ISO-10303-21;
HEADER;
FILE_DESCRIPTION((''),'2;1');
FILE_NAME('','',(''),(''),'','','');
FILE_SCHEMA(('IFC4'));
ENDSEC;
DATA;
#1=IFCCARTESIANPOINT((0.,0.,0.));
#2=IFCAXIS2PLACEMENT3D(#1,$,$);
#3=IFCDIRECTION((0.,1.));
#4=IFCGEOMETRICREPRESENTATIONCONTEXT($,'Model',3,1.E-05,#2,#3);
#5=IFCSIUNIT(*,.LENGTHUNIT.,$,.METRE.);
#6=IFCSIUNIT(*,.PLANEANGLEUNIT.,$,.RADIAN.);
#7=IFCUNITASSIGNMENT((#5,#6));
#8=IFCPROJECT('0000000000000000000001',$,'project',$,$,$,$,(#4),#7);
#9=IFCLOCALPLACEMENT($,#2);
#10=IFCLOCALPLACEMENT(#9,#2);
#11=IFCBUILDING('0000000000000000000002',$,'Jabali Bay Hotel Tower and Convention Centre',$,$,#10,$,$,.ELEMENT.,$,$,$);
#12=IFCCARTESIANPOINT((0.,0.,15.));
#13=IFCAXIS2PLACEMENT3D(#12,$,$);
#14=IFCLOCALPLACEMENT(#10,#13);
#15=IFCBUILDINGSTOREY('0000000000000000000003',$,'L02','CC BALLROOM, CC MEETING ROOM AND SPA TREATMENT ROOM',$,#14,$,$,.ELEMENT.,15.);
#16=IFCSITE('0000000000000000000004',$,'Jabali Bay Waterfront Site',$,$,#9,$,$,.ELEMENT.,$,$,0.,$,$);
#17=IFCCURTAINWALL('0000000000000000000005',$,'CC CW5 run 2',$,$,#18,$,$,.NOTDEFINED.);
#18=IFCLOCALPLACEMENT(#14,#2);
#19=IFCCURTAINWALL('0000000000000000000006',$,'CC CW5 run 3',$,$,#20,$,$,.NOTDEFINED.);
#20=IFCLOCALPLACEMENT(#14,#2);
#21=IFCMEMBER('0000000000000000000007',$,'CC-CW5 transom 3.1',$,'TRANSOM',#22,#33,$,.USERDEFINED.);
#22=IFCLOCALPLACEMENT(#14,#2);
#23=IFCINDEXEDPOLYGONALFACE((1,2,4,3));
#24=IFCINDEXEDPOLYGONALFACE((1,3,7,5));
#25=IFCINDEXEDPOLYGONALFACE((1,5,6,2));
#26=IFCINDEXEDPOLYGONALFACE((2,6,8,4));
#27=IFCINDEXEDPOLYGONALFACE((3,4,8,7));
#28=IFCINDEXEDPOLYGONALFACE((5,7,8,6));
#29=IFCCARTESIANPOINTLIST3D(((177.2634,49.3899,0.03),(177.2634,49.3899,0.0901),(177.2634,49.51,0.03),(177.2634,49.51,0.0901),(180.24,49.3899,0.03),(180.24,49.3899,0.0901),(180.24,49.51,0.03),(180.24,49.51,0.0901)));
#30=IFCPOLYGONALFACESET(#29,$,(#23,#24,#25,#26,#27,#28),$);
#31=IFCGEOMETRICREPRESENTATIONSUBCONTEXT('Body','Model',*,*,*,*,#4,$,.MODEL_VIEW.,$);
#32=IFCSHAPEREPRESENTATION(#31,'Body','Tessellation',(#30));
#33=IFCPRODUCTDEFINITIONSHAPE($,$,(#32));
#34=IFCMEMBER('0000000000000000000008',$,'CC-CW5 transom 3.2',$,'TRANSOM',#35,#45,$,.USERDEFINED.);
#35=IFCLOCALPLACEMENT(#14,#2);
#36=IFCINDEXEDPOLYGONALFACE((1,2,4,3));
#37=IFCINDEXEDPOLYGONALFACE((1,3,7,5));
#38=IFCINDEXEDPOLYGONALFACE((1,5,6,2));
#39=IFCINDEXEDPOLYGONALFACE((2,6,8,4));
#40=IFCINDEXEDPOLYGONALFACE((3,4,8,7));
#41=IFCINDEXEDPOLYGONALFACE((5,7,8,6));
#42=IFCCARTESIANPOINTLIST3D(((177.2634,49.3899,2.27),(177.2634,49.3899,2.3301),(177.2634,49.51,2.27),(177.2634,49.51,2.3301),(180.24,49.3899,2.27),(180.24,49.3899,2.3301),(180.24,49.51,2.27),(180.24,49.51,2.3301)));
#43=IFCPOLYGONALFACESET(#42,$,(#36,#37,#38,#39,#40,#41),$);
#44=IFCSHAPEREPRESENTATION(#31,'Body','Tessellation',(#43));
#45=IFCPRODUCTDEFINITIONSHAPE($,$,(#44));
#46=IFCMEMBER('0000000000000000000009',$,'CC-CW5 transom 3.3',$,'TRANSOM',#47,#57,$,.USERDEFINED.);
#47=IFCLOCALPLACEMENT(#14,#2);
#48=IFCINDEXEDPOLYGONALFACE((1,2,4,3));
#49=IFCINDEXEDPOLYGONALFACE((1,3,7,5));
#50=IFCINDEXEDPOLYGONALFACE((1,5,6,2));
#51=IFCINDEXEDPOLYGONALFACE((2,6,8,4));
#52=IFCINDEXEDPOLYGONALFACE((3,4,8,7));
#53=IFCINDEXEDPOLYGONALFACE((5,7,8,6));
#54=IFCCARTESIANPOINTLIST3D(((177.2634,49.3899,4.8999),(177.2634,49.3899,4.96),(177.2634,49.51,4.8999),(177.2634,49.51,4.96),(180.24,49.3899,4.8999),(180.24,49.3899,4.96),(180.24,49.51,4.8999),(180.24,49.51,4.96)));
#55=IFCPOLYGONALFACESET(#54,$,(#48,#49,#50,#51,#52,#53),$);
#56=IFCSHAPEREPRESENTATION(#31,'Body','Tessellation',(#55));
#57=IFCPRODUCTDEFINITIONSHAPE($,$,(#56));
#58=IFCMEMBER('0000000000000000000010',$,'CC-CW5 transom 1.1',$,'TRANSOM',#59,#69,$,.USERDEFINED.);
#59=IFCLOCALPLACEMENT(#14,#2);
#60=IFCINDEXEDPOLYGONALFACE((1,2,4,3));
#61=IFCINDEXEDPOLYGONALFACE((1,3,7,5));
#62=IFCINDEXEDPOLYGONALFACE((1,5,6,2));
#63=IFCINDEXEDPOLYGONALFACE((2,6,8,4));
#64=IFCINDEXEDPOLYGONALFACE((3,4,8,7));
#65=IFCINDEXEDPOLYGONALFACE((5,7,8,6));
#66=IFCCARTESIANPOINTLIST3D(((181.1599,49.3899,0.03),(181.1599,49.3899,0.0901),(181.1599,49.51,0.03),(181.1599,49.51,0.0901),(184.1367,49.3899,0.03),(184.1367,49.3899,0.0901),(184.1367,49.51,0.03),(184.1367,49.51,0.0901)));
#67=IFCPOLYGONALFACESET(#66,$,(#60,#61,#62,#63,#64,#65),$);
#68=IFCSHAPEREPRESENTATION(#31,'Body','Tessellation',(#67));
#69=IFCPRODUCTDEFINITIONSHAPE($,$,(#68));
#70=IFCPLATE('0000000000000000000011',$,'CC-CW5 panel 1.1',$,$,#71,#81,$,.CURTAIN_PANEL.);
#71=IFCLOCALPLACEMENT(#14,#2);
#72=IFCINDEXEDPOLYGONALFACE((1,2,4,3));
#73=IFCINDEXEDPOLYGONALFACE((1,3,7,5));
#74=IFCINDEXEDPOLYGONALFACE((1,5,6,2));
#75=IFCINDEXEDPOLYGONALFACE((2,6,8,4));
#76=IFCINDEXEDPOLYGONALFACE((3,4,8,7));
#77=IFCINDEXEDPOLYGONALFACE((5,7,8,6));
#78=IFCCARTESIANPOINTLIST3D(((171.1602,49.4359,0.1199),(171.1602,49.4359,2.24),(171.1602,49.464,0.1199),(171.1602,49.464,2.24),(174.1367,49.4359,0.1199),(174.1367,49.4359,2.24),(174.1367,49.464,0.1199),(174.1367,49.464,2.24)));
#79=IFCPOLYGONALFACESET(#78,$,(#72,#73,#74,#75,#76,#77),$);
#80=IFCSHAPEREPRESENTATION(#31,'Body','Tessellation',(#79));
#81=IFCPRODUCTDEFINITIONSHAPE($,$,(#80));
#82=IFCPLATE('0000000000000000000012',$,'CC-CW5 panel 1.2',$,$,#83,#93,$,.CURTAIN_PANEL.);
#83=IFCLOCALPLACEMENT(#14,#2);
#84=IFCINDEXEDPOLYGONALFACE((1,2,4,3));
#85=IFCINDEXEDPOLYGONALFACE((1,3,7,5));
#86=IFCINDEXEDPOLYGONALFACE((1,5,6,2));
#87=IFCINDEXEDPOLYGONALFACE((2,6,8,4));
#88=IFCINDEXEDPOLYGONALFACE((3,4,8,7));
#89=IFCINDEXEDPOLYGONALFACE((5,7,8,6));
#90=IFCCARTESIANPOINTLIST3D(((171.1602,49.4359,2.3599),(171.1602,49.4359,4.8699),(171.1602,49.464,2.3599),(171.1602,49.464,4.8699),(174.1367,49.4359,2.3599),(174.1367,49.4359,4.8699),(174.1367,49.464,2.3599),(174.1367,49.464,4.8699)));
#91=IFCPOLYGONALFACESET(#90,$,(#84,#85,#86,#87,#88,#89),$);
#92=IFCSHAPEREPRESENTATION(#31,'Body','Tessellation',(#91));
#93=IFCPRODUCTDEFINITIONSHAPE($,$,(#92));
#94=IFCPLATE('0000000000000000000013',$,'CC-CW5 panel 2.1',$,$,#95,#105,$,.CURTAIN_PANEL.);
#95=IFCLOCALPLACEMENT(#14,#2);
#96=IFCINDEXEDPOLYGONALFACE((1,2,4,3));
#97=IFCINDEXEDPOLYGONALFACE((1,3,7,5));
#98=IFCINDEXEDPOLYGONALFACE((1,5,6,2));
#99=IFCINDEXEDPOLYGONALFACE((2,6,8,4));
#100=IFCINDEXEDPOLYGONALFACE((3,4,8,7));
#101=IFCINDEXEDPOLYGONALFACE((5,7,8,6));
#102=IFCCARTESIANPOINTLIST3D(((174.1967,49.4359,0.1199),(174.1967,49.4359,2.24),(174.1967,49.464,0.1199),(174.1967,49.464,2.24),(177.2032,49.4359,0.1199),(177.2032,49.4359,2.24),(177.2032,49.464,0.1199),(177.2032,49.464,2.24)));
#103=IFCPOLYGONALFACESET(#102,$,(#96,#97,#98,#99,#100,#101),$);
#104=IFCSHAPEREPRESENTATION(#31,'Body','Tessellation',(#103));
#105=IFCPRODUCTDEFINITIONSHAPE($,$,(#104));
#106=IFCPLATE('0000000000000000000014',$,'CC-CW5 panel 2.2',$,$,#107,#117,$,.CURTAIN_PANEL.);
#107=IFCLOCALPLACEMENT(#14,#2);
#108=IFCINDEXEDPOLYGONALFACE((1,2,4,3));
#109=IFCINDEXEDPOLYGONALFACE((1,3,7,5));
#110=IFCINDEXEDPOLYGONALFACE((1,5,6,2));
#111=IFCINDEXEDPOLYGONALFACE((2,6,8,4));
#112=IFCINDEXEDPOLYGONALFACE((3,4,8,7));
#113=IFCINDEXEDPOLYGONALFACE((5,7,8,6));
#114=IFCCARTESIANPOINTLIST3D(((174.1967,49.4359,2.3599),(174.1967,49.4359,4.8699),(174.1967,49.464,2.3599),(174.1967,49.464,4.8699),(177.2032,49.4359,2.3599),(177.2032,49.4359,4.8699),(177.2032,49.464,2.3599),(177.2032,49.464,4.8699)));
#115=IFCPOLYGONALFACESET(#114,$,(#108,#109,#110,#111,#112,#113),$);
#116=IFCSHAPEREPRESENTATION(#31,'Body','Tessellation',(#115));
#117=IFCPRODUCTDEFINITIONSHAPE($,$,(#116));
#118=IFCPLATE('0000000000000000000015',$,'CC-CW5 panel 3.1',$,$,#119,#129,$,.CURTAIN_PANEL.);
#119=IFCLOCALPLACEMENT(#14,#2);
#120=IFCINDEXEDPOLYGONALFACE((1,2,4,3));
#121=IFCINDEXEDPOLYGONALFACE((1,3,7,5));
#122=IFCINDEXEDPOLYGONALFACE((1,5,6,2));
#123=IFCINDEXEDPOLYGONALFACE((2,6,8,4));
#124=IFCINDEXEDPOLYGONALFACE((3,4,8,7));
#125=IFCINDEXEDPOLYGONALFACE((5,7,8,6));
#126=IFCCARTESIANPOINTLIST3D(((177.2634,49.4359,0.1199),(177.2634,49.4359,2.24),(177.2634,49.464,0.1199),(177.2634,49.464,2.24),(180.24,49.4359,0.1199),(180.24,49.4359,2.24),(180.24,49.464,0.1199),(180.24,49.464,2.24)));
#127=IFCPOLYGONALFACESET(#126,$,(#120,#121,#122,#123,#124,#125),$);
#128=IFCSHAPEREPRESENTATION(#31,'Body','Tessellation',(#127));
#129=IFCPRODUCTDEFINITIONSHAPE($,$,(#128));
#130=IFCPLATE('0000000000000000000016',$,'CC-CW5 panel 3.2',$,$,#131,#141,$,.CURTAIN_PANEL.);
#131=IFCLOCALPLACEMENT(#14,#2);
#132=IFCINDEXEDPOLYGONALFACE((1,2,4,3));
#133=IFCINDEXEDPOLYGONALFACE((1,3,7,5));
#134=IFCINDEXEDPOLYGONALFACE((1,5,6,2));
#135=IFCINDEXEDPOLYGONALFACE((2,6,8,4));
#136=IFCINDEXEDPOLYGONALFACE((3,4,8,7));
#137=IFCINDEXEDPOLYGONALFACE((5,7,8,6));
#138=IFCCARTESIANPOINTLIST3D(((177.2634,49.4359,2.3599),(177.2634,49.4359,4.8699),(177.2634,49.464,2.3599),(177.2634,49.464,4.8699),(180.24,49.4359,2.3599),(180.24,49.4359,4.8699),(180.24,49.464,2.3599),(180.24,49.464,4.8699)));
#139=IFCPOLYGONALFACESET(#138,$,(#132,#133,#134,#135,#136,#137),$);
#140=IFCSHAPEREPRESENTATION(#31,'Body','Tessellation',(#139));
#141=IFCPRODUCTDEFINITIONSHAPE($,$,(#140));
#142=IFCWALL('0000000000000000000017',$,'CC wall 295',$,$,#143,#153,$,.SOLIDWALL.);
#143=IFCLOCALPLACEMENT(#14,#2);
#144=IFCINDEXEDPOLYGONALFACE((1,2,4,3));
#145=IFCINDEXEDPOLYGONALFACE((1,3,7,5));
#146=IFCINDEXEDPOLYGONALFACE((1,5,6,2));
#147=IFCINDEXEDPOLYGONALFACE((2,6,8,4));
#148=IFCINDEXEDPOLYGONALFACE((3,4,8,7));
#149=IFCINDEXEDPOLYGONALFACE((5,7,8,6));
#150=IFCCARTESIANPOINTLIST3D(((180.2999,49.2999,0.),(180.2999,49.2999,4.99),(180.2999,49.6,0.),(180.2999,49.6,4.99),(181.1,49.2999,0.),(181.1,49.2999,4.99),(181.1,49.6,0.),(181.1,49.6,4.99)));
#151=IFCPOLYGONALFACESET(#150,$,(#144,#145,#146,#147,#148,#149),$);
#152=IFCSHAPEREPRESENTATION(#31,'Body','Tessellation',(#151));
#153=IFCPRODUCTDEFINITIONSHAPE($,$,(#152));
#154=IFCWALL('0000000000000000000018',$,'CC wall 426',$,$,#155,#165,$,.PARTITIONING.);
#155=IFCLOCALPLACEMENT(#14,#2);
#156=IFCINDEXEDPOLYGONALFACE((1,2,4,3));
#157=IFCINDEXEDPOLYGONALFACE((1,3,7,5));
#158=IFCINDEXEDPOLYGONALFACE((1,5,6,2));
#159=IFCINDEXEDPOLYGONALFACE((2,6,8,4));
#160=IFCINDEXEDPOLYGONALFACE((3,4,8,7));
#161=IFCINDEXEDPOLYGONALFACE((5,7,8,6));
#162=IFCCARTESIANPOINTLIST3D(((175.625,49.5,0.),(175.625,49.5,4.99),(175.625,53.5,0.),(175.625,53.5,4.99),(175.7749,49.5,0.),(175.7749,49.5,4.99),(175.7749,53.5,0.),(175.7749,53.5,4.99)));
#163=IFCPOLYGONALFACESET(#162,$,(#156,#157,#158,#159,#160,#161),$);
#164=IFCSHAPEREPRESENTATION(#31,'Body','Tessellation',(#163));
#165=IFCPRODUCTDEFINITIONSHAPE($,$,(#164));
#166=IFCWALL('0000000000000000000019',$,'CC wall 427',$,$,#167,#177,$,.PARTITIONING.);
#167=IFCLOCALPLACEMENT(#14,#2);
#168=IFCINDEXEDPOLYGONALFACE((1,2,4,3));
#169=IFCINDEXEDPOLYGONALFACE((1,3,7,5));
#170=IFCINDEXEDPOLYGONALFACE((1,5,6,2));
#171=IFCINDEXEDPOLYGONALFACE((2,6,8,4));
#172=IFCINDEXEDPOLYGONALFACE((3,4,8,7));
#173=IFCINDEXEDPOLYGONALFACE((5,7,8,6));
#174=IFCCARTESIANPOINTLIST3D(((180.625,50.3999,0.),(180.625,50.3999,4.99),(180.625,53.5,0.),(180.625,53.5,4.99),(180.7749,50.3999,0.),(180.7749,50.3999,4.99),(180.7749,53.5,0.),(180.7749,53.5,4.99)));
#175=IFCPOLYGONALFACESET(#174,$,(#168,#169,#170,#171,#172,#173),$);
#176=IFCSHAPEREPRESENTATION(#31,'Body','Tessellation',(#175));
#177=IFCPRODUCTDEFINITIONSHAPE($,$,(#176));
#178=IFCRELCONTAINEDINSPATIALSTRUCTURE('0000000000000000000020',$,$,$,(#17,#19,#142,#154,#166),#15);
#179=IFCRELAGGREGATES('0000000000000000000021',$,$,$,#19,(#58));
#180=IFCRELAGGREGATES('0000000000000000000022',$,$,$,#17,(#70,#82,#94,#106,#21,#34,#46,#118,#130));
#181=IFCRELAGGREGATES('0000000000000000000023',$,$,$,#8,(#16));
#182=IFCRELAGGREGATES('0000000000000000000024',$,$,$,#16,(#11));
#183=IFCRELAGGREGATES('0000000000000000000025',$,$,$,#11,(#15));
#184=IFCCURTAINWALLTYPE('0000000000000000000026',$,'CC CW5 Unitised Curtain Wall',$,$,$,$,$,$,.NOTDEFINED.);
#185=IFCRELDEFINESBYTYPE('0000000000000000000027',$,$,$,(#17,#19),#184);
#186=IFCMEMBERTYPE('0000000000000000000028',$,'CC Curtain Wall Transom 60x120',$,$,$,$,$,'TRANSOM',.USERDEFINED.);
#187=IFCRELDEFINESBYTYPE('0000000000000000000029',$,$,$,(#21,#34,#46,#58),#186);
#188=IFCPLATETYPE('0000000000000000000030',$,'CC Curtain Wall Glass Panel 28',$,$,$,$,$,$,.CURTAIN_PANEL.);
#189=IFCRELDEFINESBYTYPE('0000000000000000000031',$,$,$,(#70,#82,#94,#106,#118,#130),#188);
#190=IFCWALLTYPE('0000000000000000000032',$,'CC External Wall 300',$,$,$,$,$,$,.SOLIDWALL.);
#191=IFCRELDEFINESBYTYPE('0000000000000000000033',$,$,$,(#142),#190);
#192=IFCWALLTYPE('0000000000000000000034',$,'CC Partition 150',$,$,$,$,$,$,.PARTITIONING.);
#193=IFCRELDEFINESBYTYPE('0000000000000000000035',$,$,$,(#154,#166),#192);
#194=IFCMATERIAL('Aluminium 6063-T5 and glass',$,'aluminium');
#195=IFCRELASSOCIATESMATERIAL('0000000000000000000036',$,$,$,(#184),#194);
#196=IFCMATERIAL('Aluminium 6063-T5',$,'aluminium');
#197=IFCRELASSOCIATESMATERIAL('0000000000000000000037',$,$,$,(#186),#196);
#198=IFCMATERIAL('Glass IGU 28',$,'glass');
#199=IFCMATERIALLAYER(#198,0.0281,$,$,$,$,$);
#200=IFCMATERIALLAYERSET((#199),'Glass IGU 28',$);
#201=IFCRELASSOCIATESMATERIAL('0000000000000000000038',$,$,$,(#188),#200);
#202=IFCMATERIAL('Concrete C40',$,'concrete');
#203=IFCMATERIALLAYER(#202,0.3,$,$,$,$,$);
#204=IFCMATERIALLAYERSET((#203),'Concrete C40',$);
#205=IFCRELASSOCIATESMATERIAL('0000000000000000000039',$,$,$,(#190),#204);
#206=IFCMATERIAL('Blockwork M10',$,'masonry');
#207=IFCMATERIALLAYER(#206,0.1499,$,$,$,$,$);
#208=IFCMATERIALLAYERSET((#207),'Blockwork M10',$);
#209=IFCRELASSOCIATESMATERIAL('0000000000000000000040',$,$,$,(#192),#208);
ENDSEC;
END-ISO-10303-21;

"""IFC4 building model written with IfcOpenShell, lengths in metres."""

from ifc_helpers import new_model, si_unit, direction, frame, frame_2d, origin, origin_2d, place, context, subcontext, project, spatial, rectangle, extrude, material, layer, layer_set, material_profile, profile_set, type_object, element, aggregate, save


model = new_model("IFC4")

# Units and contexts
model_context = context("Model", 3, precision=1e-05, world=origin(), true_north=direction((0.0, 1.0)))
body_context = subcontext(model_context, "Body", "Model", "MODEL_VIEW")
ifc_project = project(units=[si_unit("LENGTHUNIT", "METRE"), si_unit("PLANEANGLEUNIT", "RADIAN")], contexts=[model_context])

# Site, building, storey
site_placement = place(None, origin())
site = spatial("IfcSite", under=ifc_project, at=site_placement, Name="Jabali Bay Waterfront Site", CompositionType="ELEMENT", RefElevation=0.0)
building_placement = place(site_placement, origin())
building = spatial("IfcBuilding", under=site, at=building_placement, Name="Jabali Bay Hotel Tower and Convention Centre", CompositionType="ELEMENT")
storey_placement = place(building_placement, frame((0.0, 0.0, 15.0)))
storey = spatial("IfcBuildingStorey", under=building, at=storey_placement, Name="L02", Description="CC BALLROOM, CC MEETING ROOM AND SPA TREATMENT ROOM", CompositionType="ELEMENT", Elevation=15.0)

# Curtain wall
ifc_material_1 = material(Name="Aluminium 6063-T5 and glass", Category="aluminium")
curtain_wall_type = type_object("IfcCurtainWallType", Name="CC CW5 Unitised Curtain Wall", PredefinedType="NOTDEFINED", material=ifc_material_1)
curtain_wall_1_placement = place(storey_placement, origin())
curtain_wall_1 = element("IfcCurtainWall", 1, at=curtain_wall_1_placement, inside=storey, type_object=curtain_wall_type, Name="CC CW5 run 2", PredefinedType="NOTDEFINED")
ifc_material_2 = material(Name="Aluminium 6063-T5", Category="aluminium")

# Curtain wall
curtain_wall_2_placement = place(storey_placement, origin())
curtain_wall_2 = element("IfcCurtainWall", 2, at=curtain_wall_2_placement, inside=storey, type_object=curtain_wall_type, Name="CC CW5 run 3", PredefinedType="NOTDEFINED")

# Members
ifc_material_profile_1 = material_profile(ifc_material_2, rectangle(XDim=0.1201, YDim=0.0601, at=origin_2d()), Name="AL 120x60")
ifc_profile_set_1 = profile_set([ifc_material_profile_1], Name="Aluminium 6063-T5")
member_type_1 = type_object("IfcMemberType", Name="CC Curtain Wall Transom 60x120", ElementType="TRANSOM", PredefinedType="USERDEFINED", material=ifc_profile_set_1)
member_1_placement = place(storey_placement, frame((177.2634, 49.45, 0.0601), z_axis=(1.0, 0.0, 0.0), x_axis=(0.0, 1.0, 0.0)))
member_1 = element("IfcMember", 3, at=member_1_placement, type_object=member_type_1, Name="CC-CW5 transom 3.1", ObjectType="TRANSOM", PredefinedType="USERDEFINED", context=body_context, shape_type="SweptSolid", body=[
    extrude(rectangle(XDim=0.1201, YDim=0.0601, at=origin_2d()), origin(), (0.0, 0.0, 1.0), 2.9766),
])
member_2_placement = place(storey_placement, frame((177.2634, 49.45, 2.3), z_axis=(1.0, 0.0, 0.0), x_axis=(0.0, 1.0, 0.0)))
member_2 = element("IfcMember", 4, at=member_2_placement, type_object=member_type_1, Name="CC-CW5 transom 3.2", ObjectType="TRANSOM", PredefinedType="USERDEFINED", context=body_context, shape_type="SweptSolid", body=[
    extrude(rectangle(XDim=0.1201, YDim=0.0601, at=origin_2d()), origin(), (0.0, 0.0, 1.0), 2.9766),
])
member_3_placement = place(storey_placement, frame((177.2634, 49.45, 4.9299), z_axis=(1.0, 0.0, 0.0), x_axis=(0.0, 1.0, 0.0)))
member_3 = element("IfcMember", 5, at=member_3_placement, type_object=member_type_1, Name="CC-CW5 transom 3.3", ObjectType="TRANSOM", PredefinedType="USERDEFINED", context=body_context, shape_type="SweptSolid", body=[
    extrude(rectangle(XDim=0.1201, YDim=0.0601, at=origin_2d()), origin(), (0.0, 0.0, 1.0), 2.9766),
])
member_4_placement = place(storey_placement, frame((181.1599, 49.45, 0.0601), z_axis=(1.0, 0.0, 0.0), x_axis=(0.0, 1.0, 0.0)))
member_4 = element("IfcMember", 6, at=member_4_placement, type_object=member_type_1, Name="CC-CW5 transom 1.1", ObjectType="TRANSOM", PredefinedType="USERDEFINED", context=body_context, shape_type="SweptSolid", body=[
    extrude(rectangle(XDim=0.1201, YDim=0.0601, at=origin_2d()), origin(), (0.0, 0.0, 1.0), 2.9768),
])
aggregate(curtain_wall_2, [member_4])

# Plates
ifc_material_3 = material(Name="Glass IGU 28", Category="glass")
ifc_layer_1 = layer(ifc_material_3, 0.0281)
ifc_layer_set_1 = layer_set([ifc_layer_1], Name="Glass IGU 28")
plate_type = type_object("IfcPlateType", Name="CC Curtain Wall Glass Panel 28", PredefinedType="CURTAIN_PANEL", material=ifc_layer_set_1)
plate_1_placement = place(storey_placement, frame((172.6484, 49.45, 0.1199), z_axis=(0.0, 0.0, 1.0), x_axis=(1.0, 0.0, 0.0)))
plate_1 = element("IfcPlate", 7, at=plate_1_placement, type_object=plate_type, Name="CC-CW5 panel 1.1", PredefinedType="CURTAIN_PANEL", context=body_context, shape_type="SweptSolid", body=[
    extrude(rectangle(XDim=2.9766, YDim=0.0281, at=origin_2d()), origin(), (0.0, 0.0, 1.0), 2.1201),
])
plate_2_placement = place(storey_placement, frame((172.6484, 49.45, 2.3599), z_axis=(0.0, 0.0, 1.0), x_axis=(1.0, 0.0, 0.0)))
plate_2 = element("IfcPlate", 8, at=plate_2_placement, type_object=plate_type, Name="CC-CW5 panel 1.2", PredefinedType="CURTAIN_PANEL", context=body_context, shape_type="SweptSolid", body=[
    extrude(rectangle(XDim=2.9766, YDim=0.0281, at=origin_2d()), origin(), (0.0, 0.0, 1.0), 2.51),
])
plate_3_placement = place(storey_placement, frame((175.7, 49.45, 0.1199), z_axis=(0.0, 0.0, 1.0), x_axis=(1.0, 0.0, 0.0)))
plate_3 = element("IfcPlate", 9, at=plate_3_placement, type_object=plate_type, Name="CC-CW5 panel 2.1", PredefinedType="CURTAIN_PANEL", context=body_context, shape_type="SweptSolid", body=[
    extrude(rectangle(XDim=3.0066, YDim=0.0281, at=origin_2d()), origin(), (0.0, 0.0, 1.0), 2.1201),
])
plate_4_placement = place(storey_placement, frame((175.7, 49.45, 2.3599), z_axis=(0.0, 0.0, 1.0), x_axis=(1.0, 0.0, 0.0)))
plate_4 = element("IfcPlate", 10, at=plate_4_placement, type_object=plate_type, Name="CC-CW5 panel 2.2", PredefinedType="CURTAIN_PANEL", context=body_context, shape_type="SweptSolid", body=[
    extrude(rectangle(XDim=3.0066, YDim=0.0281, at=origin_2d()), origin(), (0.0, 0.0, 1.0), 2.51),
])
plate_5_placement = place(storey_placement, frame((178.7517, 49.45, 0.1199), z_axis=(0.0, 0.0, 1.0), x_axis=(1.0, 0.0, 0.0)))
plate_5 = element("IfcPlate", 11, at=plate_5_placement, type_object=plate_type, Name="CC-CW5 panel 3.1", PredefinedType="CURTAIN_PANEL", context=body_context, shape_type="SweptSolid", body=[
    extrude(rectangle(XDim=2.9766, YDim=0.0281, at=origin_2d()), origin(), (0.0, 0.0, 1.0), 2.1201),
])
plate_6_placement = place(storey_placement, frame((178.7517, 49.45, 2.3599), z_axis=(0.0, 0.0, 1.0), x_axis=(1.0, 0.0, 0.0)))
plate_6 = element("IfcPlate", 12, at=plate_6_placement, type_object=plate_type, Name="CC-CW5 panel 3.2", PredefinedType="CURTAIN_PANEL", context=body_context, shape_type="SweptSolid", body=[
    extrude(rectangle(XDim=2.9766, YDim=0.0281, at=origin_2d()), origin(), (0.0, 0.0, 1.0), 2.51),
])
aggregate(curtain_wall_1, [plate_1, plate_2, plate_3, plate_4, member_1, member_2, member_3, plate_5, plate_6])

# Walls
ifc_material_4 = material(Name="Concrete C40", Category="concrete")
ifc_layer_2 = layer(ifc_material_4, 0.3)
ifc_layer_set_2 = layer_set([ifc_layer_2], Name="Concrete C40")
wall_type_1 = type_object("IfcWallType", Name="CC External Wall 300", PredefinedType="SOLIDWALL", material=ifc_layer_set_2)
wall_1_placement = place(storey_placement, frame((180.3, 49.45, 0.0), z_axis=(0.0, 0.0, 1.0), x_axis=(1.0, 0.0, 0.0)))
element("IfcWall", 13, at=wall_1_placement, inside=storey, type_object=wall_type_1, Name="CC wall 295", PredefinedType="SOLIDWALL", context=body_context, shape_type="SweptSolid", body=[
    extrude(rectangle(XDim=0.8, YDim=0.3, at=frame_2d((0.3999, 0.0))), origin(), (0.0, 0.0, 1.0), 4.99),
])
ifc_material_5 = material(Name="Blockwork M10", Category="masonry")
ifc_layer_3 = layer(ifc_material_5, 0.1499)
ifc_layer_set_3 = layer_set([ifc_layer_3], Name="Blockwork M10")
wall_type_2 = type_object("IfcWallType", Name="CC Partition 150", PredefinedType="PARTITIONING", material=ifc_layer_set_3)
wall_2_placement = place(storey_placement, frame((175.7, 49.5, 0.0), z_axis=(0.0, 0.0, 1.0), x_axis=(0.0, 1.0, 0.0)))
element("IfcWall", 14, at=wall_2_placement, inside=storey, type_object=wall_type_2, Name="CC wall 426", PredefinedType="PARTITIONING", context=body_context, shape_type="SweptSolid", body=[
    extrude(rectangle(XDim=4.0, YDim=0.1499, at=frame_2d((2.0, 0.0))), origin(), (0.0, 0.0, 1.0), 4.99),
])
wall_3_placement = place(storey_placement, frame((180.7, 50.3999, 0.0), z_axis=(0.0, 0.0, 1.0), x_axis=(0.0, 1.0, 0.0)))
element("IfcWall", 15, at=wall_3_placement, inside=storey, type_object=wall_type_2, Name="CC wall 427", PredefinedType="PARTITIONING", context=body_context, shape_type="SweptSolid", body=[
    extrude(rectangle(XDim=3.1001, YDim=0.1499, at=frame_2d((1.55, 0.0))), origin(), (0.0, 0.0, 1.0), 4.99),
])

save(model, "model.ifc")
